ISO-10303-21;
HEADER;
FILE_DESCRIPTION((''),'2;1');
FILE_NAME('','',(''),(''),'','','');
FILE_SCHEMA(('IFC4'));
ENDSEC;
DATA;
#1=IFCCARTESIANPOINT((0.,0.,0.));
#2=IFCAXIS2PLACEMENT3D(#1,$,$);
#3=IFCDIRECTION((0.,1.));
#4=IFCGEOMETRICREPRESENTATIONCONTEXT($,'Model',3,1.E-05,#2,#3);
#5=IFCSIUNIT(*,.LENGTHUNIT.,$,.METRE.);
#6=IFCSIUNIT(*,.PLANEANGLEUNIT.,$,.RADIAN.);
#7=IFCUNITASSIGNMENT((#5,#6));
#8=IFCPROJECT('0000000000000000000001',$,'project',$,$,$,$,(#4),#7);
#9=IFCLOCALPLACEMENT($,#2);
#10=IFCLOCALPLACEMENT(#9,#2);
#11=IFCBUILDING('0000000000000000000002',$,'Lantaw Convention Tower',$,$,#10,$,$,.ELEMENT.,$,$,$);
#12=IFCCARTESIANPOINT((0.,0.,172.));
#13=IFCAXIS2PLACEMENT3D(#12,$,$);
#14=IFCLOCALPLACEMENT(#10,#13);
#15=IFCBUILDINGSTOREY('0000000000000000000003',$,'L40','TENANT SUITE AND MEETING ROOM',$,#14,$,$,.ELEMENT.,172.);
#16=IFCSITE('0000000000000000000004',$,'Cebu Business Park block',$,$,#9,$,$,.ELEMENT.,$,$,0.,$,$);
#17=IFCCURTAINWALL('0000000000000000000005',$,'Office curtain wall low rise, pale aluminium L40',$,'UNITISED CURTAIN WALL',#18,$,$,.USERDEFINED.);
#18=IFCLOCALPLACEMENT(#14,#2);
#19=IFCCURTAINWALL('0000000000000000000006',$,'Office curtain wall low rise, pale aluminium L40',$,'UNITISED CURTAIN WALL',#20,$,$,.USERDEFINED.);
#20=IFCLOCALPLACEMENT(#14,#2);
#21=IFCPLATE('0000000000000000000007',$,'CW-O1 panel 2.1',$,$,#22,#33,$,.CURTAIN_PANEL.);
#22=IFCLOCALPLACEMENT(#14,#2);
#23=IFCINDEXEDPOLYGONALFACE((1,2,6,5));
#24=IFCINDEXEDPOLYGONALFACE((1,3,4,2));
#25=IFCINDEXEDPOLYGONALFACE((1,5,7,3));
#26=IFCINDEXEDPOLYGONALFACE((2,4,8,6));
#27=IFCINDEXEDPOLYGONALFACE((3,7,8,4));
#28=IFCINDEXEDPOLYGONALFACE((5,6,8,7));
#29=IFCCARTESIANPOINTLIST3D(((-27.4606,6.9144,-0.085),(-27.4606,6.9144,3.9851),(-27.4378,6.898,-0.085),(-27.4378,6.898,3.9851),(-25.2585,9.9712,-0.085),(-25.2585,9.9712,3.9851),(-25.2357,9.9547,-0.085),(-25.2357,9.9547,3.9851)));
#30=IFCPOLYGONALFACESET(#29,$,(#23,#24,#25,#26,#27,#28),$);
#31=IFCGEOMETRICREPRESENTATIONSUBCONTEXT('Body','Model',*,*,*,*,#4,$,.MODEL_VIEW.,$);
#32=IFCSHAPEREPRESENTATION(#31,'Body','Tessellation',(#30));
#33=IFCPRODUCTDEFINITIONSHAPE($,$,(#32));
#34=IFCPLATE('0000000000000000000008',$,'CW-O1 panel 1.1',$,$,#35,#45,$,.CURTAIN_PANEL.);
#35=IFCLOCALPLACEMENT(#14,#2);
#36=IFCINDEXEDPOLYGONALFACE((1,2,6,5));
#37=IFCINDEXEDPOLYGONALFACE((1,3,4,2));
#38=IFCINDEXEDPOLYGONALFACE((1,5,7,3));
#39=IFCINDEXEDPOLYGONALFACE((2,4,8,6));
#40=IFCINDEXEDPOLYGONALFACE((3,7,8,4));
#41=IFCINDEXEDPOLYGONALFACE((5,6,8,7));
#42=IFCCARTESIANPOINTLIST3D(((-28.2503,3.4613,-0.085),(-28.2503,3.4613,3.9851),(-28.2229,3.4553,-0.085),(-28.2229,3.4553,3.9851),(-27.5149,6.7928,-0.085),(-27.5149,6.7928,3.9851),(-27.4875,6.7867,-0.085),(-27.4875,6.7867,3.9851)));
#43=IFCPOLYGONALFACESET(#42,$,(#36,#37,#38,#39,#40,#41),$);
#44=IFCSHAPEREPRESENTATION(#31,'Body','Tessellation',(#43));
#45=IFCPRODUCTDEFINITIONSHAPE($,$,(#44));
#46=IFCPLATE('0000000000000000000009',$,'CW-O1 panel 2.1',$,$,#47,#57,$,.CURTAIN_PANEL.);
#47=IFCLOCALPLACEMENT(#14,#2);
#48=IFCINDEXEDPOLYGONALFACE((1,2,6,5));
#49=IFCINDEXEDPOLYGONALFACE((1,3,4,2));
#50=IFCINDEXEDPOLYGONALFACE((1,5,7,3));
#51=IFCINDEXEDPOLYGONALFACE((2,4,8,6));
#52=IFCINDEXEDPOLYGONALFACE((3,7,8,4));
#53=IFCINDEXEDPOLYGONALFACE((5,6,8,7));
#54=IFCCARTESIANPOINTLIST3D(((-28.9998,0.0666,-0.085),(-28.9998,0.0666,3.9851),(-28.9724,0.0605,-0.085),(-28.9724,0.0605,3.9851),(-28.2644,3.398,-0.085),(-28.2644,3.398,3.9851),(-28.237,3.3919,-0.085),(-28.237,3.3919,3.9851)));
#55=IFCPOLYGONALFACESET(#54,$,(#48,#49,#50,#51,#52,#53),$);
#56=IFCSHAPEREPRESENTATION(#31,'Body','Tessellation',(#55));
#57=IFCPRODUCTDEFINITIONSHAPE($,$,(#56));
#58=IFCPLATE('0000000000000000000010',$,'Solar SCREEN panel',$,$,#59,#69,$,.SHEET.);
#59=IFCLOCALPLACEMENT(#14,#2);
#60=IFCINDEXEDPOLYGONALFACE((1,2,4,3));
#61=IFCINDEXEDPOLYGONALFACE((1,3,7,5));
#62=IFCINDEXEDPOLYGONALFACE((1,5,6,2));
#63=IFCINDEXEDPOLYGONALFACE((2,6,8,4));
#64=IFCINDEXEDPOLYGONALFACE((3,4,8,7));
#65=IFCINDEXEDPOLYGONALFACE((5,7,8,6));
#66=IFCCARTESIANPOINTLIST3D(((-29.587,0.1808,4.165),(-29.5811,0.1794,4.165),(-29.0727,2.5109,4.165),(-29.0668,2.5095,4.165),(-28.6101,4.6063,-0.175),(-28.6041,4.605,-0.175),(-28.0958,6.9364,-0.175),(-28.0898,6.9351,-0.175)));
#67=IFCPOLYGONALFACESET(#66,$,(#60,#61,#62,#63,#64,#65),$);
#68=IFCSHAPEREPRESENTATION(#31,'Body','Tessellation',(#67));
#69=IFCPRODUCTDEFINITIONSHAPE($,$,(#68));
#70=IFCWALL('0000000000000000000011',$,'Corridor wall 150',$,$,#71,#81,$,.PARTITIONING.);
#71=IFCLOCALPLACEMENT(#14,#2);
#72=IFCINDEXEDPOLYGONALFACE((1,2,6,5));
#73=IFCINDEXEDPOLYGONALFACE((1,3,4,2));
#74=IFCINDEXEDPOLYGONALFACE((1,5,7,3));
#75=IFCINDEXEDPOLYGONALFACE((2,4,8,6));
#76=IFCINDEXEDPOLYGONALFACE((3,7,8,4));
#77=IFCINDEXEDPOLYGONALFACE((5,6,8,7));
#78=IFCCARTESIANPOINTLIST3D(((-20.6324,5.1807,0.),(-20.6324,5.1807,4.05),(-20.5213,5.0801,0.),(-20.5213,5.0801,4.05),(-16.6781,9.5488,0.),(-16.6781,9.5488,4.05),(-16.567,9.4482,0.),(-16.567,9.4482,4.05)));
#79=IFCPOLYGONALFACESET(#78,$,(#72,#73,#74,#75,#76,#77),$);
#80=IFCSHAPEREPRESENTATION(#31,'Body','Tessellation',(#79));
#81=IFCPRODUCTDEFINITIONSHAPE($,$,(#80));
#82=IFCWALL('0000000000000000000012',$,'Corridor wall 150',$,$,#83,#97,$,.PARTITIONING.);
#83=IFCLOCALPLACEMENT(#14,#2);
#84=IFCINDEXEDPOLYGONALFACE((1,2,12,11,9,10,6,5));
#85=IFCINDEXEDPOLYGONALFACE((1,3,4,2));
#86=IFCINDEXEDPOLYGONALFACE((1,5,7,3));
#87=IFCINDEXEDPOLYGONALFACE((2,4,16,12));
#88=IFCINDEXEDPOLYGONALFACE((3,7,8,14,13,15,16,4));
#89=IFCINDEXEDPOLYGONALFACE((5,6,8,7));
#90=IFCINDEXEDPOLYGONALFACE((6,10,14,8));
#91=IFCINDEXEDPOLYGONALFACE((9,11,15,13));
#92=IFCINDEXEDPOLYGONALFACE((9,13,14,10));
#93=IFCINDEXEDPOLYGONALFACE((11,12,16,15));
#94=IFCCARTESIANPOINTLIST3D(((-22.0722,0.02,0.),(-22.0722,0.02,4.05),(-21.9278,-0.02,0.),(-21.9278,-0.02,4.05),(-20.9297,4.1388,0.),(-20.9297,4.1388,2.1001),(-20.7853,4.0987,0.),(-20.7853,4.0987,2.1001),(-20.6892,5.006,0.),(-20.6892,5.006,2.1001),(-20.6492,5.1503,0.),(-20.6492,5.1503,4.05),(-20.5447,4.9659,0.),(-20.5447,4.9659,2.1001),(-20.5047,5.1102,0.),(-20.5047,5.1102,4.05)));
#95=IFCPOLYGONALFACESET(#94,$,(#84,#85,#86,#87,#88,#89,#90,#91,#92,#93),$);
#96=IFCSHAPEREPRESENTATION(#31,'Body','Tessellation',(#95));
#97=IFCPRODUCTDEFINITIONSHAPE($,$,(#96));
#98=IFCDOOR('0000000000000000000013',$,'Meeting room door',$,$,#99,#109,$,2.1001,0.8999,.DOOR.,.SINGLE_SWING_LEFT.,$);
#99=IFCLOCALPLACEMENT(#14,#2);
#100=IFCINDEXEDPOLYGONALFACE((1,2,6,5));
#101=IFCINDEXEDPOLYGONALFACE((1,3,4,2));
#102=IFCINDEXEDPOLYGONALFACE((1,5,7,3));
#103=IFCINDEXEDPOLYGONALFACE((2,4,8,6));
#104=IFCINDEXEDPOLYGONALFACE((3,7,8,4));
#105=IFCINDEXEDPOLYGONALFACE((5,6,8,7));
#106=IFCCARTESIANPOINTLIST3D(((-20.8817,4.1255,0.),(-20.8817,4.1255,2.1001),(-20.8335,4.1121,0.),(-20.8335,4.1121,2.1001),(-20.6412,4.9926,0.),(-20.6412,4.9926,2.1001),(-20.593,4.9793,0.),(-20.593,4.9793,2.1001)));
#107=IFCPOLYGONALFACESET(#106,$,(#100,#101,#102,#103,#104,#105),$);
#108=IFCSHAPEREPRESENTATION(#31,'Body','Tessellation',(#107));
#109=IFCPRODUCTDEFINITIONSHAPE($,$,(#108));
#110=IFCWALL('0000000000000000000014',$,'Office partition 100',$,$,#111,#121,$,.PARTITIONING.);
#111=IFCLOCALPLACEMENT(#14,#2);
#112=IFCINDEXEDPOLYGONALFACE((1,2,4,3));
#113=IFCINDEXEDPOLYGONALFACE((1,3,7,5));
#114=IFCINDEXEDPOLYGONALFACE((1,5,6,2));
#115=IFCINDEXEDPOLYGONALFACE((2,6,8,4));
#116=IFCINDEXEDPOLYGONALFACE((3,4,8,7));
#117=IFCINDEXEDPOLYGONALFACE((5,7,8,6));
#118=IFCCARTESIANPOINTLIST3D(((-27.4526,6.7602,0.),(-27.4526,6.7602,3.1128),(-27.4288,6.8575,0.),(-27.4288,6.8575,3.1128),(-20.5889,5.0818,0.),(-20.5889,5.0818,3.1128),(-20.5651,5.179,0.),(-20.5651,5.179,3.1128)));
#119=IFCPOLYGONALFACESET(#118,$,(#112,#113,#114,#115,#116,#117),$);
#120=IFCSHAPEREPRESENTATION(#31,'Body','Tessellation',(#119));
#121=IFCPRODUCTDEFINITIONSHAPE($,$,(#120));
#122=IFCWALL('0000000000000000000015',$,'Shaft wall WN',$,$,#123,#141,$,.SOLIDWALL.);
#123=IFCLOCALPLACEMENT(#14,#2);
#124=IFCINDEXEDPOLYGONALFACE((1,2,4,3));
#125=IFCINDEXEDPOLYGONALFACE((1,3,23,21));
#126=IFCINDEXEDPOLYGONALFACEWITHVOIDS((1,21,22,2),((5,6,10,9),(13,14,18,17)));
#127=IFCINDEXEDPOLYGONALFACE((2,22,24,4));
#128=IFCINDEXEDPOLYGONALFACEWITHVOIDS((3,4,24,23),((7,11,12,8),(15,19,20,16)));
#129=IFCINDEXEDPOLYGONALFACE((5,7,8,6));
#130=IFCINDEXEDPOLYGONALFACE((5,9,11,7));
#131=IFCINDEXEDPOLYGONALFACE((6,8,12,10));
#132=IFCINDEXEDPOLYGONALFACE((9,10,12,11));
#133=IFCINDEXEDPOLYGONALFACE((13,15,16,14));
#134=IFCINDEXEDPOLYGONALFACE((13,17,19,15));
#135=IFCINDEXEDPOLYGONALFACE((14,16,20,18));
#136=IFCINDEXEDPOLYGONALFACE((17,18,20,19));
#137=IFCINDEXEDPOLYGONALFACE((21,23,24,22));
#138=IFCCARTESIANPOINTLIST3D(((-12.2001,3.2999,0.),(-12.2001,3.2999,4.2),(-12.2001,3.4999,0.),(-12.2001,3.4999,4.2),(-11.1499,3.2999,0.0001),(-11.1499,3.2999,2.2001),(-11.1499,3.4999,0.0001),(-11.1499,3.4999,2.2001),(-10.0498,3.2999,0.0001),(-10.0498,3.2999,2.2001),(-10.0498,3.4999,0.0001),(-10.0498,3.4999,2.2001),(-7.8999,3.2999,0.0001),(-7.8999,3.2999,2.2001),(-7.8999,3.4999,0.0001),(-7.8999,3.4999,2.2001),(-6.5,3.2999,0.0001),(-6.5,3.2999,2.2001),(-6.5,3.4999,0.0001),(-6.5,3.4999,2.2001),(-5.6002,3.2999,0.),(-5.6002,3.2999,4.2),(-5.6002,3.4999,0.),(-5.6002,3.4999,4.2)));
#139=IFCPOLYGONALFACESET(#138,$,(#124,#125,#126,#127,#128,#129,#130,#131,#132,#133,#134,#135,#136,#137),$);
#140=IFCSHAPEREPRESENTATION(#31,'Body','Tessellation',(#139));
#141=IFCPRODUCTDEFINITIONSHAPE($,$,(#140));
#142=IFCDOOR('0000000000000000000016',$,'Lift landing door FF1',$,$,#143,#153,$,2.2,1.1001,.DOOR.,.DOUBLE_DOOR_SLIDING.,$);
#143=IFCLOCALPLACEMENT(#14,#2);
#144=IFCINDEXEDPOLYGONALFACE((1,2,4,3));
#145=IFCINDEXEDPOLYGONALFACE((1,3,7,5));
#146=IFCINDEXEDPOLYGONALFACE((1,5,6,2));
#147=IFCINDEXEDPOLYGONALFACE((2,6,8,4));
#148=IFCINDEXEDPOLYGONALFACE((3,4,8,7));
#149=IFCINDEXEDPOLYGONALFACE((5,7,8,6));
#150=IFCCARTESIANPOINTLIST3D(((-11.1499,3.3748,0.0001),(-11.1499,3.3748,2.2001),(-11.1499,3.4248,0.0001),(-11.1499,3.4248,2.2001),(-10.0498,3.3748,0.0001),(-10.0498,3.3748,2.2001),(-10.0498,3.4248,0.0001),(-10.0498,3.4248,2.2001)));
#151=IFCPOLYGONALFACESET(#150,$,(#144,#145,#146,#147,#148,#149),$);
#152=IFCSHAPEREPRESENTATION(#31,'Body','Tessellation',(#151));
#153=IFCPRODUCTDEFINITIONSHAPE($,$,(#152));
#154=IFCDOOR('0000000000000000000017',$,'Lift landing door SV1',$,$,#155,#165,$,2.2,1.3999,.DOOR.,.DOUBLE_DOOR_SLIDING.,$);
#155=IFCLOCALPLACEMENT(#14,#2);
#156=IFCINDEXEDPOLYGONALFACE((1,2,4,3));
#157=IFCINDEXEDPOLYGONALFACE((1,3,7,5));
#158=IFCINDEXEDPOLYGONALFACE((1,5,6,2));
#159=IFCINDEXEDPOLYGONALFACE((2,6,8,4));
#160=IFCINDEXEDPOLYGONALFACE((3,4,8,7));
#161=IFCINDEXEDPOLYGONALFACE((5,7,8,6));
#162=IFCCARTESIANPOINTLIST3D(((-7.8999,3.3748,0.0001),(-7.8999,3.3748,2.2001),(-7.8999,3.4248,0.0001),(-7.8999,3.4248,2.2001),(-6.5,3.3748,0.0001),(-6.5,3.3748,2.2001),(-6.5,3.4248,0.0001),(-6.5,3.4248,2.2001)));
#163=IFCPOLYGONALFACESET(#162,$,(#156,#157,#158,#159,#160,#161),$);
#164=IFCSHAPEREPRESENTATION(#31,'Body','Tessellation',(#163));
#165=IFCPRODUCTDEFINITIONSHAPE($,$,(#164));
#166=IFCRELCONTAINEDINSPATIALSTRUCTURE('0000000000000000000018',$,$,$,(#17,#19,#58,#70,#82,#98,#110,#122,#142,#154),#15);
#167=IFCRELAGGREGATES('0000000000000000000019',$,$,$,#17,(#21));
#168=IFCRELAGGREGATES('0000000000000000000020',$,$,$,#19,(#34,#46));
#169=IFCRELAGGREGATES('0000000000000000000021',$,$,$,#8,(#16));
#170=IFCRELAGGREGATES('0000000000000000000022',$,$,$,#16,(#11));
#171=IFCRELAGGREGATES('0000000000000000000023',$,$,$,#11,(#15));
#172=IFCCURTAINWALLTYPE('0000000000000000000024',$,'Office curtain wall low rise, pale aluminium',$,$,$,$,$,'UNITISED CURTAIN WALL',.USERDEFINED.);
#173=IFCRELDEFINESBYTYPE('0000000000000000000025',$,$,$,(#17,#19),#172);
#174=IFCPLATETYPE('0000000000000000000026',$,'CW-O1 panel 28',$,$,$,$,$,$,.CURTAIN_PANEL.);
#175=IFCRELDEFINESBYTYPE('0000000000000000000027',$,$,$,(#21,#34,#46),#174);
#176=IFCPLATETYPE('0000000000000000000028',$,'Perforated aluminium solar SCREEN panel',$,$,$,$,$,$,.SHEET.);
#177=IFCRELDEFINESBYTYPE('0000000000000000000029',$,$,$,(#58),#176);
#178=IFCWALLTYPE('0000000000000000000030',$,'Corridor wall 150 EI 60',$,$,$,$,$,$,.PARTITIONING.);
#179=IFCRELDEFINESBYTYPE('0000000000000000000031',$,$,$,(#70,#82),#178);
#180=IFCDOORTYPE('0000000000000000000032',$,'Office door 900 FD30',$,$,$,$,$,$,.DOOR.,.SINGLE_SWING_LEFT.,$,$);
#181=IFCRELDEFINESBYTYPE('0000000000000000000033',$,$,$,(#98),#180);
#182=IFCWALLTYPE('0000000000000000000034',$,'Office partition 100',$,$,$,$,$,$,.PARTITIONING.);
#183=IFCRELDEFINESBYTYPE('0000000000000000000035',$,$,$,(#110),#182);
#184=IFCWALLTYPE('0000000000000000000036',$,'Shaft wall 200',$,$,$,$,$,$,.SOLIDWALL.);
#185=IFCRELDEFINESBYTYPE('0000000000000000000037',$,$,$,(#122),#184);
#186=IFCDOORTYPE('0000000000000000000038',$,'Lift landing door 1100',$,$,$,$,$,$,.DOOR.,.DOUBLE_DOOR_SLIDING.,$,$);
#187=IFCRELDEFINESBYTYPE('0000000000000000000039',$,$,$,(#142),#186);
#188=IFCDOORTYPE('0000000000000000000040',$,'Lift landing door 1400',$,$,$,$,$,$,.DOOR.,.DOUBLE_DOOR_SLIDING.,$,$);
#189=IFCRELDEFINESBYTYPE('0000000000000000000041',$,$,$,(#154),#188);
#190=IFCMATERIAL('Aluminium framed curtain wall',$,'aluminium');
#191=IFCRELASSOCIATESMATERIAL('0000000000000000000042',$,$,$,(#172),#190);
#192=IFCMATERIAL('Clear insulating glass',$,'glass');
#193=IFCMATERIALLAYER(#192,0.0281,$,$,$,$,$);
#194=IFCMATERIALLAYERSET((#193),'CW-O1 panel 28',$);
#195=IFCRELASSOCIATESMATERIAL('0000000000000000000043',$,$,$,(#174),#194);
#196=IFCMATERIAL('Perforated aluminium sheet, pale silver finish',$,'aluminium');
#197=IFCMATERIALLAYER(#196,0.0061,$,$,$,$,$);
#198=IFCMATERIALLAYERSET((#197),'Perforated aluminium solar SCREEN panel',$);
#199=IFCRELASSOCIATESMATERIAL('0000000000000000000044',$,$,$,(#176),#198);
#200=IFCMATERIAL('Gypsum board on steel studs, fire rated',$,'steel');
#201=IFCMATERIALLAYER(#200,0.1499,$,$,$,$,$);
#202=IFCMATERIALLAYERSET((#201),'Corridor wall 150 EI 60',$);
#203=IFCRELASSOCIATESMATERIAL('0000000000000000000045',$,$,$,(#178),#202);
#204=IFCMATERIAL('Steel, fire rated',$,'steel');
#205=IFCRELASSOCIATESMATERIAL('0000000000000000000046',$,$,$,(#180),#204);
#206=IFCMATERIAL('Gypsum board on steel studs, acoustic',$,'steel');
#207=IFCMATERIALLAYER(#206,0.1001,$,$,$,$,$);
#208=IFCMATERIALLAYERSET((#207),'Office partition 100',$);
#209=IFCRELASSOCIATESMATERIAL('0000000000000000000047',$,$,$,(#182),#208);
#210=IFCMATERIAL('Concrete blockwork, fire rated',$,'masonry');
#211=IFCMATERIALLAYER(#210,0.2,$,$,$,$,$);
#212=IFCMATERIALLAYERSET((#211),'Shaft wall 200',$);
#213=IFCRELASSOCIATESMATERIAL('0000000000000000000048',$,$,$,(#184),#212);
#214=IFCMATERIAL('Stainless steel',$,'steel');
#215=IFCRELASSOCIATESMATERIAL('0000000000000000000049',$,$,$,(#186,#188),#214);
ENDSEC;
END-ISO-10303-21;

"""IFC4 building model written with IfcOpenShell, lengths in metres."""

from ifc_helpers import new_model, si_unit, direction, frame, frame_2d, origin, origin_2d, place, context, subcontext, project, spatial, polyline, rectangle, outline, extrude, material, layer, layer_set, type_object, element, fill, aggregate, save


model = new_model("IFC4")

# Units and contexts
model_context = context("Model", 3, precision=1e-05, world=origin(), true_north=direction((0.0, 1.0)))
body_context = subcontext(model_context, "Body", "Model", "MODEL_VIEW")
ifc_project = project(units=[si_unit("LENGTHUNIT", "METRE"), si_unit("PLANEANGLEUNIT", "RADIAN")], contexts=[model_context])

# Site, building, storey
site_placement = place(None, origin())
site = spatial("IfcSite", under=ifc_project, at=site_placement, Name="Cebu Business Park block", CompositionType="ELEMENT", RefElevation=0.0)
building_placement = place(site_placement, origin())
building = spatial("IfcBuilding", under=site, at=building_placement, Name="Lantaw Convention Tower", CompositionType="ELEMENT")
storey_placement = place(building_placement, frame((0.0, 0.0, 172.0)))
storey = spatial("IfcBuildingStorey", under=building, at=storey_placement, Name="L40", Description="TENANT SUITE AND MEETING ROOM", CompositionType="ELEMENT", Elevation=172.0)

# Curtain wall
ifc_material_1 = material(Name="Aluminium framed curtain wall", Category="aluminium")
curtain_wall_type = type_object("IfcCurtainWallType", Name="Office curtain wall low rise, pale aluminium", ElementType="UNITISED CURTAIN WALL", PredefinedType="USERDEFINED", material=ifc_material_1)
curtain_wall_1_placement = place(storey_placement, origin())
curtain_wall_1 = element("IfcCurtainWall", 1, at=curtain_wall_1_placement, inside=storey, type_object=curtain_wall_type, Name="Office curtain wall low rise, pale aluminium L40", ObjectType="UNITISED CURTAIN WALL", PredefinedType="USERDEFINED")

# Curtain wall
curtain_wall_2_placement = place(storey_placement, origin())
curtain_wall_2 = element("IfcCurtainWall", 2, at=curtain_wall_2_placement, inside=storey, type_object=curtain_wall_type, Name="Office curtain wall low rise, pale aluminium L40", ObjectType="UNITISED CURTAIN WALL", PredefinedType="USERDEFINED")

# Plates
ifc_material_2 = material(Name="Clear insulating glass", Category="glass")
ifc_layer_1 = layer(ifc_material_2, 0.0281)
ifc_layer_set_1 = layer_set([ifc_layer_1], Name="CW-O1 panel 28")
plate_type_1 = type_object("IfcPlateType", Name="CW-O1 panel 28", PredefinedType="CURTAIN_PANEL", material=ifc_layer_set_1)
plate_1_placement = place(storey_placement, frame((-26.3481, 8.4346, -0.085), z_axis=(0.0, 0.0, 1.0), x_axis=(-0.584513, -0.811385, 0.0)))
plate_1 = element("IfcPlate", 3, at=plate_1_placement, type_object=plate_type_1, Name="CW-O1 panel 2.1", PredefinedType="CURTAIN_PANEL", context=body_context, shape_type="SweptSolid", body=[
    extrude(rectangle(XDim=3.7673, YDim=0.0281, at=origin_2d()), origin(), (0.0, 0.0, 1.0), 4.0701),
])
aggregate(curtain_wall_1, [plate_1])
plate_2_placement = place(storey_placement, frame((-27.8689, 5.124, -0.085), z_axis=(0.0, 0.0, 1.0), x_axis=(-0.215546, -0.976494, 0.0)))
plate_2 = element("IfcPlate", 4, at=plate_2_placement, type_object=plate_type_1, Name="CW-O1 panel 1.1", PredefinedType="CURTAIN_PANEL", context=body_context, shape_type="SweptSolid", body=[
    extrude(rectangle(XDim=3.4116, YDim=0.0281, at=origin_2d()), origin(), (0.0, 0.0, 1.0), 4.0701),
])
plate_3_placement = place(storey_placement, frame((-28.6184, 1.7292, -0.085), z_axis=(0.0, 0.0, 1.0), x_axis=(-0.215546, -0.976494, 0.0)))
plate_3 = element("IfcPlate", 5, at=plate_3_placement, type_object=plate_type_1, Name="CW-O1 panel 2.1", PredefinedType="CURTAIN_PANEL", context=body_context, shape_type="SweptSolid", body=[
    extrude(rectangle(XDim=3.4116, YDim=0.0281, at=origin_2d()), origin(), (0.0, 0.0, 1.0), 4.0701),
])
aggregate(curtain_wall_2, [plate_2, plate_3])
ifc_material_3 = material(Name="Perforated aluminium sheet, pale silver finish", Category="aluminium")
ifc_layer_2 = layer(ifc_material_3, 0.0061)
ifc_layer_set_2 = layer_set([ifc_layer_2], Name="Perforated aluminium solar SCREEN panel")
plate_type_2 = type_object("IfcPlateType", Name="Perforated aluminium solar SCREEN panel", PredefinedType="SHEET", material=ifc_layer_set_2)
plate_4_placement = place(storey_placement, frame((-28.0898, 6.9351, -0.175), z_axis=(0.976498, -0.215527, 0.000033), x_axis=(-0.215527, -0.976498, 0.0)))
element("IfcPlate", 6, at=plate_4_placement, inside=storey, type_object=plate_type_2, Name="Solar SCREEN panel", PredefinedType="SHEET", context=body_context, shape_type="SweptSolid", body=[
    extrude(outline(polyline([(0.0, 0.0), (2.3861, 0.0), (6.9182, -4.3401), (4.5321, -4.3401), (0.0, 0.0)])), origin(), (0.0, 0.0, -1.0), 0.0061),
])

# Wall
ifc_material_4 = material(Name="Gypsum board on steel studs, fire rated", Category="steel")
ifc_layer_3 = layer(ifc_material_4, 0.1499)
ifc_layer_set_3 = layer_set([ifc_layer_3], Name="Corridor wall 150 EI 60")
wall_type_1 = type_object("IfcWallType", Name="Corridor wall 150 EI 60", PredefinedType="PARTITIONING", material=ifc_layer_set_3)
wall_1_placement = place(storey_placement, frame((-16.6226, 9.4985, 0.0), z_axis=(0.0, 0.0, 1.0), x_axis=(-0.671118, -0.74135, 0.0)))
element("IfcWall", 7, at=wall_1_placement, inside=storey, type_object=wall_type_1, Name="Corridor wall 150", PredefinedType="PARTITIONING", context=body_context, shape_type="SweptSolid", body=[
    extrude(rectangle(XDim=5.8921, YDim=0.1499, at=frame_2d((2.946, 0.0))), origin(), (0.0, 0.0, 1.0), 4.05),
])

# Wall, opening, door
wall_2_placement = place(storey_placement, frame((-20.5769, 5.1304, 0.0), z_axis=(0.0, 0.0, 1.0), x_axis=(-0.267294, -0.963615, 0.0)))
wall_2 = element("IfcWall", 8, at=wall_2_placement, inside=storey, type_object=wall_type_1, Name="Corridor wall 150", PredefinedType="PARTITIONING", context=body_context, shape_type="SweptSolid", body=[
    extrude(rectangle(XDim=5.324, YDim=0.1499, at=frame_2d((2.6621, 0.0))), origin(), (0.0, 0.0, 1.0), 4.05),
])
opening_1_placement = place(wall_2_placement, frame((0.1499, 0.0, 0.0)))
opening_1 = element("IfcOpeningElement", 9, at=opening_1_placement, cuts=wall_2, PredefinedType="OPENING", context=body_context, shape_type="SweptSolid", body=[
    extrude(rectangle(XDim=0.8999, YDim=2.1001, at=frame_2d((0.45, 1.05))), frame((0.0, 0.085, 0.0), z_axis=(0.0, -1.0, 0.0), x_axis=(1.0, 0.0, 0.0)), (0.0, 0.0, 1.0), 0.1699),
])
ifc_material_5 = material(Name="Steel, fire rated", Category="steel")
door_type_1 = type_object("IfcDoorType", Name="Office door 900 FD30", OperationType="SINGLE_SWING_LEFT", PredefinedType="DOOR", material=ifc_material_5)
door_1_placement = place(opening_1_placement, origin())
door_1 = element("IfcDoor", 10, at=door_1_placement, inside=storey, type_object=door_type_1, Name="Meeting room door", OperationType="SINGLE_SWING_LEFT", OverallHeight=2.1001, OverallWidth=0.8999, PredefinedType="DOOR", context=body_context, shape_type="SweptSolid", body=[
    extrude(rectangle(XDim=0.8999, YDim=2.1001, at=frame_2d((0.45, 1.05))), frame((0.0, 0.0249, 0.0), z_axis=(0.0, -1.0, 0.0), x_axis=(1.0, 0.0, 0.0)), (0.0, 0.0, 1.0), 0.05),
])
fill(opening_1, door_1)

# Wall
ifc_material_6 = material(Name="Gypsum board on steel studs, acoustic", Category="steel")
ifc_layer_4 = layer(ifc_material_6, 0.1001)
ifc_layer_set_4 = layer_set([ifc_layer_4], Name="Office partition 100")
wall_type_2 = type_object("IfcWallType", Name="Office partition 100", PredefinedType="PARTITIONING", material=ifc_layer_set_4)
wall_3_placement = place(storey_placement, frame((-27.4407, 6.8088, 0.0), z_axis=(0.0, 0.0, 1.0), x_axis=(0.971378, -0.237541, 0.0)))
element("IfcWall", 11, at=wall_3_placement, inside=storey, type_object=wall_type_2, Name="Office partition 100", PredefinedType="PARTITIONING", context=body_context, shape_type="SweptSolid", body=[
    extrude(rectangle(XDim=7.0659, YDim=0.1001, at=frame_2d((3.533, 0.0))), origin(), (0.0, 0.0, 1.0), 3.1128),
])

# Wall, openings, doors
ifc_material_7 = material(Name="Concrete blockwork, fire rated", Category="masonry")
ifc_layer_5 = layer(ifc_material_7, 0.2)
ifc_layer_set_5 = layer_set([ifc_layer_5], Name="Shaft wall 200")
wall_type_3 = type_object("IfcWallType", Name="Shaft wall 200", PredefinedType="SOLIDWALL", material=ifc_layer_set_5)
wall_4_placement = place(storey_placement, frame((-12.2, 3.3999, 0.0), z_axis=(0.0, 0.0, 1.0), x_axis=(1.0, 0.0, 0.0)))
wall_4 = element("IfcWall", 12, at=wall_4_placement, inside=storey, type_object=wall_type_3, Name="Shaft wall WN", PredefinedType="SOLIDWALL", context=body_context, shape_type="SweptSolid", body=[
    extrude(rectangle(XDim=6.5999, YDim=0.2, at=frame_2d((3.2998, 0.0))), origin(), (0.0, 0.0, 1.0), 4.2),
])
opening_2_placement = place(wall_4_placement, frame((1.05, 0.0, 0.0)))
opening_2 = element("IfcOpeningElement", 13, at=opening_2_placement, cuts=wall_4, PredefinedType="OPENING", context=body_context, shape_type="SweptSolid", body=[
    extrude(rectangle(XDim=1.1001, YDim=2.2, at=frame_2d((0.55, 1.1001))), frame((0.0, 0.1099, 0.0), z_axis=(0.0, -1.0, 0.0), x_axis=(1.0, 0.0, 0.0)), (0.0, 0.0, 1.0), 0.22),
])
opening_3_placement = place(wall_4_placement, frame((4.3, 0.0, 0.0)))
opening_3 = element("IfcOpeningElement", 14, at=opening_3_placement, cuts=wall_4, PredefinedType="OPENING", context=body_context, shape_type="SweptSolid", body=[
    extrude(rectangle(XDim=1.3999, YDim=2.2, at=frame_2d((0.7, 1.1001))), frame((0.0, 0.1099, 0.0), z_axis=(0.0, -1.0, 0.0), x_axis=(1.0, 0.0, 0.0)), (0.0, 0.0, 1.0), 0.22),
])
ifc_material_8 = material(Name="Stainless steel", Category="steel")
door_type_2 = type_object("IfcDoorType", Name="Lift landing door 1100", OperationType="DOUBLE_DOOR_SLIDING", PredefinedType="DOOR", material=ifc_material_8)
door_2_placement = place(opening_2_placement, origin())
door_2 = element("IfcDoor", 15, at=door_2_placement, inside=storey, type_object=door_type_2, Name="Lift landing door FF1", OperationType="DOUBLE_DOOR_SLIDING", OverallHeight=2.2, OverallWidth=1.1001, PredefinedType="DOOR", context=body_context, shape_type="SweptSolid", body=[
    extrude(rectangle(XDim=1.1001, YDim=2.2, at=frame_2d((0.55, 1.1001))), frame((0.0, 0.0249, 0.0), z_axis=(0.0, -1.0, 0.0), x_axis=(1.0, 0.0, 0.0)), (0.0, 0.0, 1.0), 0.05),
])
fill(opening_2, door_2)
door_type_3 = type_object("IfcDoorType", Name="Lift landing door 1400", OperationType="DOUBLE_DOOR_SLIDING", PredefinedType="DOOR", material=ifc_material_8)
door_3_placement = place(opening_3_placement, origin())
door_3 = element("IfcDoor", 16, at=door_3_placement, inside=storey, type_object=door_type_3, Name="Lift landing door SV1", OperationType="DOUBLE_DOOR_SLIDING", OverallHeight=2.2, OverallWidth=1.3999, PredefinedType="DOOR", context=body_context, shape_type="SweptSolid", body=[
    extrude(rectangle(XDim=1.3999, YDim=2.2, at=frame_2d((0.7, 1.1001))), frame((0.0, 0.0249, 0.0), z_axis=(0.0, -1.0, 0.0), x_axis=(1.0, 0.0, 0.0)), (0.0, 0.0, 1.0), 0.05),
])
fill(opening_3, door_3)

save(model, "model.ifc")
